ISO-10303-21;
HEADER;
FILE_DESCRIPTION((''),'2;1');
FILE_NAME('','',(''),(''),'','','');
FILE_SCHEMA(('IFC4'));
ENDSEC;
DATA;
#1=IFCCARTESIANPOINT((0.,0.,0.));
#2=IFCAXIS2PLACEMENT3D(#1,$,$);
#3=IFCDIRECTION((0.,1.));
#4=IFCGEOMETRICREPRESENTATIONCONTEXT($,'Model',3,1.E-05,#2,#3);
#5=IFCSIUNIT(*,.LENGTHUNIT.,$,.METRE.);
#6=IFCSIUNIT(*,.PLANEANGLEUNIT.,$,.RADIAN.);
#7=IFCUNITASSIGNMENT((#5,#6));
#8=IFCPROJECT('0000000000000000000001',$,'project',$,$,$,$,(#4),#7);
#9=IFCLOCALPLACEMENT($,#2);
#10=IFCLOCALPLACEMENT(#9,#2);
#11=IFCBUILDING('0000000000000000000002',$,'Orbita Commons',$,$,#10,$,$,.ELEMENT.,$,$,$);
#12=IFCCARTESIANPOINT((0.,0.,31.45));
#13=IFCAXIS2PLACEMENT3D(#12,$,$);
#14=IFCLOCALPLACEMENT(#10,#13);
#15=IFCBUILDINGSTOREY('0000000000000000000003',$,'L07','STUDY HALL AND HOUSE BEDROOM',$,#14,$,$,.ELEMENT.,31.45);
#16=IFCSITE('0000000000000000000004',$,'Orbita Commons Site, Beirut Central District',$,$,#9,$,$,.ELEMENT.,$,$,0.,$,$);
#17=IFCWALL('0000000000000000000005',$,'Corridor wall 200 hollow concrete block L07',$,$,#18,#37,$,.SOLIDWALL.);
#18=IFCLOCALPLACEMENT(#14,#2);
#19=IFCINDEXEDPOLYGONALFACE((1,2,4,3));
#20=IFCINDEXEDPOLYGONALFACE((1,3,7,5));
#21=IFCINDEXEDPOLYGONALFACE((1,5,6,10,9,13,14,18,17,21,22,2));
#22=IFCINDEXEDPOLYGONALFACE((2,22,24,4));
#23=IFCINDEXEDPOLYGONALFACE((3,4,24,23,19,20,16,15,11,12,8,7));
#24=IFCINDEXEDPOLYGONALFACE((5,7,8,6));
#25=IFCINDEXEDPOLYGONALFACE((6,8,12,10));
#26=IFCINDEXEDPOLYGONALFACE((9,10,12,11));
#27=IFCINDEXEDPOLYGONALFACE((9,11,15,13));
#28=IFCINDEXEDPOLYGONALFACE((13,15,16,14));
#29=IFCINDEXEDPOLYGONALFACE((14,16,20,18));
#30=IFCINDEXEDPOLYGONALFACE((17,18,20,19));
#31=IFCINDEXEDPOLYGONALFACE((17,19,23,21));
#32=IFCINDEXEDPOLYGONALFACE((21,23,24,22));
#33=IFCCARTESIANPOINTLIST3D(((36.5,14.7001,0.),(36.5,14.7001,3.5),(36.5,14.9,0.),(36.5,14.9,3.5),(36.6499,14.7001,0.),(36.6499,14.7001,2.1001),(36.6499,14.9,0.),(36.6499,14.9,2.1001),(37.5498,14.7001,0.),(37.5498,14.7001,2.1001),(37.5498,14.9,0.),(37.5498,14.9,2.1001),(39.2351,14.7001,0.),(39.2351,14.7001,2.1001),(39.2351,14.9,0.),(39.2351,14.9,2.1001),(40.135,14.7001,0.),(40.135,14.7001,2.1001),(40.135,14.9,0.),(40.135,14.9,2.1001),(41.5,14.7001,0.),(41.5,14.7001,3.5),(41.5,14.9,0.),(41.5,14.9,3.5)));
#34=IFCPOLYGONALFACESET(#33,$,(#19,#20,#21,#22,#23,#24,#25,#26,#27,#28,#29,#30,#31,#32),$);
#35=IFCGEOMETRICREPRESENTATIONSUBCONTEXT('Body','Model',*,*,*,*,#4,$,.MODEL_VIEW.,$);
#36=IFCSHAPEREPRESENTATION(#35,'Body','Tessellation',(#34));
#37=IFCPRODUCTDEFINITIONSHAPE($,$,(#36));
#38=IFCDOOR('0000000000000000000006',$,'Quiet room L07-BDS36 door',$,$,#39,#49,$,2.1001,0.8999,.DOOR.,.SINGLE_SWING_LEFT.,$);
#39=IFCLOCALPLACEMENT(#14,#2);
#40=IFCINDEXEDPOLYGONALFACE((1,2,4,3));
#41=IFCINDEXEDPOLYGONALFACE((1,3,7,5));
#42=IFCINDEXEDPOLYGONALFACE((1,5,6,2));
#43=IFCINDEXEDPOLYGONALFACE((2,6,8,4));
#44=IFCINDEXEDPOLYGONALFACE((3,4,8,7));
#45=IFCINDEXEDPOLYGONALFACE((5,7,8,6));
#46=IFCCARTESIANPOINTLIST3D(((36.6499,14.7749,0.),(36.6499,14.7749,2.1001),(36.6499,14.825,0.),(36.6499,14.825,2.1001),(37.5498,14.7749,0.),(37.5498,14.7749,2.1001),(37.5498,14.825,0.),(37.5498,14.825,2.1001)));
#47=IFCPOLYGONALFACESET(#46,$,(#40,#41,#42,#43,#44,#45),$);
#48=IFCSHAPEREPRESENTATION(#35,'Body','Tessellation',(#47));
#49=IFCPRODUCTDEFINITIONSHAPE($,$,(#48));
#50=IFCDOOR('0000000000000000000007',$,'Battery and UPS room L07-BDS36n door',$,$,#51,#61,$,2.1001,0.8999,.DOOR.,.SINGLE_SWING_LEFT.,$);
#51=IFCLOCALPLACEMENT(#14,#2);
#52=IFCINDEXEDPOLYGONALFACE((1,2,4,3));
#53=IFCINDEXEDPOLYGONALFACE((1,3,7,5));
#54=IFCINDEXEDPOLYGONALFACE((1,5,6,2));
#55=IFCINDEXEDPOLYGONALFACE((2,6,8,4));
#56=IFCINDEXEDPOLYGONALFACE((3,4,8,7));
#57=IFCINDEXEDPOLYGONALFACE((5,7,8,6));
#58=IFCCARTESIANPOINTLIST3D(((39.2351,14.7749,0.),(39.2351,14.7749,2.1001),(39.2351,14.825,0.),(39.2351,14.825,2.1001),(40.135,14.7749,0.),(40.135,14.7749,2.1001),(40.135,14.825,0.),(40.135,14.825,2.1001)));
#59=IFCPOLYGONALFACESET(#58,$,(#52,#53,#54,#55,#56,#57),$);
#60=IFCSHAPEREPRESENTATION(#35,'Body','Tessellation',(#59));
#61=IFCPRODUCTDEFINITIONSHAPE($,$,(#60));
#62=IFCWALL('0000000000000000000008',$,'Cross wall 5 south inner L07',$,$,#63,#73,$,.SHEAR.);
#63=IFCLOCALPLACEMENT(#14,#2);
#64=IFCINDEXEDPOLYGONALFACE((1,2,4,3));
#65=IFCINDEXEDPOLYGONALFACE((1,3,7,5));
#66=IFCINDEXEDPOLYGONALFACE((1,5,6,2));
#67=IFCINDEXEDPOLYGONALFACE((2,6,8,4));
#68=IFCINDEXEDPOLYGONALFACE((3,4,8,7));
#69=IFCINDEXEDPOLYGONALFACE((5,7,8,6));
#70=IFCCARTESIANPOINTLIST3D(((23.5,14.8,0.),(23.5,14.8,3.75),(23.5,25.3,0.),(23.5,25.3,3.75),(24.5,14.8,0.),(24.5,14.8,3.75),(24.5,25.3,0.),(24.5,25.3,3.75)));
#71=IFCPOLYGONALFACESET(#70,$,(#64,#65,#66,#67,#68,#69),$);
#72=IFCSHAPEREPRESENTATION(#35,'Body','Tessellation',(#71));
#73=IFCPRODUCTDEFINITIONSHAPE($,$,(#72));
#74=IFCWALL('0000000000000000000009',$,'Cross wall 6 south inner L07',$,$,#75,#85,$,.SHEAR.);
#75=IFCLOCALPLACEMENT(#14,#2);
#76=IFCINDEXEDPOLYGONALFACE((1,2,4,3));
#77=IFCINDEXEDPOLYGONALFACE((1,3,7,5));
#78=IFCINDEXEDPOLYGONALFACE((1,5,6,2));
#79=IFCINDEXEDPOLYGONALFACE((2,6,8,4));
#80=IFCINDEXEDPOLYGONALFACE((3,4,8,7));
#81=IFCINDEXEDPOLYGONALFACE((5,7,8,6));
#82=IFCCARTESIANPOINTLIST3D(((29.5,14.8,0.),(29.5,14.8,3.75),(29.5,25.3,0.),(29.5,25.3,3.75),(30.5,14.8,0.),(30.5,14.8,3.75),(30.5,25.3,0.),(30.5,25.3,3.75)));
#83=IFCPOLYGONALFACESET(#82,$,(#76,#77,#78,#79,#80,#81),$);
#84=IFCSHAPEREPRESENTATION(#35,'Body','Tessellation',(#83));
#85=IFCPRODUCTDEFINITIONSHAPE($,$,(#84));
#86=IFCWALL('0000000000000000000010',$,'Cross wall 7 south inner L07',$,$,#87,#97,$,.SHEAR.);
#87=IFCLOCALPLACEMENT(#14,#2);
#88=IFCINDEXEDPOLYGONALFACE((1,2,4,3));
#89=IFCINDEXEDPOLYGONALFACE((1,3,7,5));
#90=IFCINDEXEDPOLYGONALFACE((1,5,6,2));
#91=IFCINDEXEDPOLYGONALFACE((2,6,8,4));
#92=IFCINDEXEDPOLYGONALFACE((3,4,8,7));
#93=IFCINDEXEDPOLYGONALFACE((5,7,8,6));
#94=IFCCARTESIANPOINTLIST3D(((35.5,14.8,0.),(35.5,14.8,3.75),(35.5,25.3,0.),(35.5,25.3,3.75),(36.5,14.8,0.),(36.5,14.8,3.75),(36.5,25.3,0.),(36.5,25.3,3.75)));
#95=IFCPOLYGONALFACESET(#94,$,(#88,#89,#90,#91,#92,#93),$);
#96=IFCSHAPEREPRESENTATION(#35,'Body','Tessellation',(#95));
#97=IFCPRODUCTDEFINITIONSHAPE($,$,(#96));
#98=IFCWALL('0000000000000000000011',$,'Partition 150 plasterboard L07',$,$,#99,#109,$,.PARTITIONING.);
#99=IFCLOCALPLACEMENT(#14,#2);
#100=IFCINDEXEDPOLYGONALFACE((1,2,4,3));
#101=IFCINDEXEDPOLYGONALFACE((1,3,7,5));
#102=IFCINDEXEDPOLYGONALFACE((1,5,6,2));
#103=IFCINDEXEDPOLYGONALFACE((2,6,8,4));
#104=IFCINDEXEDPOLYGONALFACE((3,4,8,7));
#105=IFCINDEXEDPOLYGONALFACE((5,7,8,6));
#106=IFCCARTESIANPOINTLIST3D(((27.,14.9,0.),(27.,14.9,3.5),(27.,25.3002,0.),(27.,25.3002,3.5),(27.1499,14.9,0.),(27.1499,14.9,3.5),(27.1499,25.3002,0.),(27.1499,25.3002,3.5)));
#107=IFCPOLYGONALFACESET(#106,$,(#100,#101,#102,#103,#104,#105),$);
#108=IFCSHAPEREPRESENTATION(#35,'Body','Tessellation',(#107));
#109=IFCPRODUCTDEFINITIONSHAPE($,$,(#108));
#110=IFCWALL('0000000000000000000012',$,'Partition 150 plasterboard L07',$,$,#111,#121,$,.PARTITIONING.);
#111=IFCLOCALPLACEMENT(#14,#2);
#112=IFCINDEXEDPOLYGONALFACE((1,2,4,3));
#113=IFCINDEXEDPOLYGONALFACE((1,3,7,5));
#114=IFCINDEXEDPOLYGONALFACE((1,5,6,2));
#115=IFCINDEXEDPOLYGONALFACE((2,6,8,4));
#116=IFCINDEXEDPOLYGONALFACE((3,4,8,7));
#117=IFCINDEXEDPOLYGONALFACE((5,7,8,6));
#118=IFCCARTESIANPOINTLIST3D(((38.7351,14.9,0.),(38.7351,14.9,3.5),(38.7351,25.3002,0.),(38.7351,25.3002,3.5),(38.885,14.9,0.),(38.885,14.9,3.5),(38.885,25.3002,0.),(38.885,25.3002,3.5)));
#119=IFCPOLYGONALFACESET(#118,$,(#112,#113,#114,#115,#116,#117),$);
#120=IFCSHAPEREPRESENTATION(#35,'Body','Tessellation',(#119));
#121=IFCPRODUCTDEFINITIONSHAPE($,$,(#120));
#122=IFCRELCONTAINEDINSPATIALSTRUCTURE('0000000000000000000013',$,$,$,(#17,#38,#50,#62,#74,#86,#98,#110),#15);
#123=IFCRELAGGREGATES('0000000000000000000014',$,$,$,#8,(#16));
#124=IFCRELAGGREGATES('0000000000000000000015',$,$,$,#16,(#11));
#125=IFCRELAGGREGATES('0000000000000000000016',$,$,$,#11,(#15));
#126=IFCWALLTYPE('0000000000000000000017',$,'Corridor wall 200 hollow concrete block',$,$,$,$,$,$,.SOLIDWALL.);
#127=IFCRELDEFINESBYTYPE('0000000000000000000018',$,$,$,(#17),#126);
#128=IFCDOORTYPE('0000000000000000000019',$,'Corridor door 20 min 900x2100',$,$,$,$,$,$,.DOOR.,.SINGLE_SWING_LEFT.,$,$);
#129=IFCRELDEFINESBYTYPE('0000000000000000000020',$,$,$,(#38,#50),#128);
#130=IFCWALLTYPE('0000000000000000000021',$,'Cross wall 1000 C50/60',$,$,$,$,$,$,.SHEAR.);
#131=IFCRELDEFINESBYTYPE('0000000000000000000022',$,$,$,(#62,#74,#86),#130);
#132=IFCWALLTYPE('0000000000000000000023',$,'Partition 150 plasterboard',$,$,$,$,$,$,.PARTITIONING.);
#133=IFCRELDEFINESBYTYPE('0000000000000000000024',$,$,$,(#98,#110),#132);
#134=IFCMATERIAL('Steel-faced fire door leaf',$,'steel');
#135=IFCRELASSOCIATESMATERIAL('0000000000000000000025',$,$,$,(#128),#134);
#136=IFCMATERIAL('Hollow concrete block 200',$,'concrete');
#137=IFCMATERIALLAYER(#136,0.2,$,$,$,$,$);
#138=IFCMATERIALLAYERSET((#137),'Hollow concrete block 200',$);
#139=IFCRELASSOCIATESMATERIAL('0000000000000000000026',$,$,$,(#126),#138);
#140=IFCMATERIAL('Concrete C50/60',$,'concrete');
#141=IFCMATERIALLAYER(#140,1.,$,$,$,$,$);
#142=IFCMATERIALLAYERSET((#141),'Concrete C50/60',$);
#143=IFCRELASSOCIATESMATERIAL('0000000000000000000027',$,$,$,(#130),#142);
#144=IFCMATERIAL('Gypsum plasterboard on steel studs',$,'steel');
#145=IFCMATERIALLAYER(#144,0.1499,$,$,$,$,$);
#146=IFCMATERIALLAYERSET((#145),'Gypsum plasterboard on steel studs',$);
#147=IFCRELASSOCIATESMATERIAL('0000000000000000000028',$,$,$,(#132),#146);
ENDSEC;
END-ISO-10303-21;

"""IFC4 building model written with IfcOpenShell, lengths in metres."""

from ifc_helpers import new_model, si_unit, direction, frame, frame_2d, origin, place, context, subcontext, project, spatial, rectangle, extrude, material, layer, layer_set, type_object, element, fill, save


model = new_model("IFC4")

# Units and contexts
model_context = context("Model", 3, precision=1e-05, world=origin(), true_north=direction((0.0, 1.0)))
body_context = subcontext(model_context, "Body", "Model", "MODEL_VIEW")
ifc_project = project(units=[si_unit("LENGTHUNIT", "METRE"), si_unit("PLANEANGLEUNIT", "RADIAN")], contexts=[model_context])

# Site, building, storey
site_placement = place(None, origin())
site = spatial("IfcSite", under=ifc_project, at=site_placement, Name="Orbita Commons Site, Beirut Central District", CompositionType="ELEMENT", RefElevation=0.0)
building_placement = place(site_placement, origin())
building = spatial("IfcBuilding", under=site, at=building_placement, Name="Orbita Commons", CompositionType="ELEMENT")
storey_placement = place(building_placement, frame((0.0, 0.0, 31.45)))
storey = spatial("IfcBuildingStorey", under=building, at=storey_placement, Name="L07", Description="STUDY HALL AND HOUSE BEDROOM", CompositionType="ELEMENT", Elevation=31.45)

# Shared definitions
ifc_material_1 = material(Name="Steel-faced fire door leaf", Category="steel")
door_type_1 = type_object("IfcDoorType", Name="Corridor door 20 min 900x2100", OperationType="SINGLE_SWING_LEFT", PredefinedType="DOOR", material=ifc_material_1)

# Shared definitions
ifc_material_2 = material(Name="Hollow concrete block 200", Category="concrete")
ifc_layer_1 = layer(ifc_material_2, 0.2)
ifc_layer_set_1 = layer_set([ifc_layer_1], Name="Hollow concrete block 200")
wall_type_1 = type_object("IfcWallType", Name="Corridor wall 200 hollow concrete block", PredefinedType="SOLIDWALL", material=ifc_layer_set_1)

# Wall, openings, doors
wall_1_placement = place(storey_placement, frame((36.5, 14.8, 0.0), z_axis=(0.0, 0.0, 1.0), x_axis=(1.0, 0.0, 0.0)))
wall_1 = element("IfcWall", 1, at=wall_1_placement, inside=storey, type_object=wall_type_1, Name="Corridor wall 200 hollow concrete block L07", PredefinedType="SOLIDWALL", context=body_context, shape_type="SweptSolid", body=[
    extrude(rectangle(XDim=5.0, YDim=0.2, at=frame_2d((2.5, 0.0))), origin(), (0.0, 0.0, 1.0), 3.5),
])
opening_1_placement = place(wall_1_placement, frame((0.1499, 0.0, 0.0)))
opening_1 = element("IfcOpeningElement", 2, at=opening_1_placement, cuts=wall_1, PredefinedType="OPENING", context=body_context, shape_type="SweptSolid", body=[
    extrude(rectangle(XDim=0.8999, YDim=2.1001, at=frame_2d((0.45, 1.05))), frame((0.0, 0.1099, 0.0), z_axis=(0.0, -1.0, 0.0), x_axis=(1.0, 0.0, 0.0)), (0.0, 0.0, 1.0), 0.22),
])
opening_2_placement = place(wall_1_placement, frame((2.7351, 0.0, 0.0)))
opening_2 = element("IfcOpeningElement", 3, at=opening_2_placement, cuts=wall_1, PredefinedType="OPENING", context=body_context, shape_type="SweptSolid", body=[
    extrude(rectangle(XDim=0.8999, YDim=2.1001, at=frame_2d((0.45, 1.05))), frame((0.0, 0.1099, 0.0), z_axis=(0.0, -1.0, 0.0), x_axis=(1.0, 0.0, 0.0)), (0.0, 0.0, 1.0), 0.22),
])
door_1_placement = place(opening_1_placement, origin())
door_1 = element("IfcDoor", 4, at=door_1_placement, inside=storey, type_object=door_type_1, Name="Quiet room L07-BDS36 door", OperationType="SINGLE_SWING_LEFT", OverallHeight=2.1001, OverallWidth=0.8999, PredefinedType="DOOR", context=body_context, shape_type="SweptSolid", body=[
    extrude(rectangle(XDim=0.8999, YDim=2.1001, at=frame_2d((0.45, 1.05))), frame((0.0, 0.0249, 0.0), z_axis=(0.0, -1.0, 0.0), x_axis=(1.0, 0.0, 0.0)), (0.0, 0.0, 1.0), 0.05),
])
fill(opening_1, door_1)
door_2_placement = place(opening_2_placement, origin())
door_2 = element("IfcDoor", 5, at=door_2_placement, inside=storey, type_object=door_type_1, Name="Battery and UPS room L07-BDS36n door", OperationType="SINGLE_SWING_LEFT", OverallHeight=2.1001, OverallWidth=0.8999, PredefinedType="DOOR", context=body_context, shape_type="SweptSolid", body=[
    extrude(rectangle(XDim=0.8999, YDim=2.1001, at=frame_2d((0.45, 1.05))), frame((0.0, 0.0249, 0.0), z_axis=(0.0, -1.0, 0.0), x_axis=(1.0, 0.0, 0.0)), (0.0, 0.0, 1.0), 0.05),
])
fill(opening_2, door_2)

# Walls
ifc_material_3 = material(Name="Concrete C50/60", Category="concrete")
ifc_layer_2 = layer(ifc_material_3, 1.0)
ifc_layer_set_2 = layer_set([ifc_layer_2], Name="Concrete C50/60")
wall_type_2 = type_object("IfcWallType", Name="Cross wall 1000 C50/60", PredefinedType="SHEAR", material=ifc_layer_set_2)
for number, where, z_axis, x_axis, name in (
    (6, (24.0, 14.8, 0.0), (0.0, 0.0, 1.0), (0.0, 1.0, 0.0), "Cross wall 5 south inner L07"),
    (7, (30.0, 14.8, 0.0), (0.0, 0.0, 1.0), (0.0, 1.0, 0.0), "Cross wall 6 south inner L07"),
    (8, (36.0, 14.8, 0.0), (0.0, 0.0, 1.0), (0.0, 1.0, 0.0), "Cross wall 7 south inner L07"),
):
    element("IfcWall", number, at=place(storey_placement, frame(where, z_axis=z_axis, x_axis=x_axis)), inside=storey, type_object=wall_type_2, Name=name, PredefinedType="SHEAR", context=body_context, shape_type="SweptSolid", body=[
        extrude(rectangle(XDim=10.5, YDim=1.0, at=frame_2d((5.25, 0.0))), origin(), (0.0, 0.0, 1.0), 3.75),
    ])
ifc_material_4 = material(Name="Gypsum plasterboard on steel studs", Category="steel")
ifc_layer_3 = layer(ifc_material_4, 0.1499)
ifc_layer_set_3 = layer_set([ifc_layer_3], Name="Gypsum plasterboard on steel studs")
wall_type_3 = type_object("IfcWallType", Name="Partition 150 plasterboard", PredefinedType="PARTITIONING", material=ifc_layer_set_3)
for number, where, z_axis, x_axis, name in (
    (9, (27.075, 14.8999, 0.0), (0.0, 0.0, 1.0), (0.0, 1.0, 0.0), "Partition 150 plasterboard L07"),
    (10, (38.8101, 14.8999, 0.0), (0.0, 0.0, 1.0), (0.0, 1.0, 0.0), "Partition 150 plasterboard L07"),
):
    element("IfcWall", number, at=place(storey_placement, frame(where, z_axis=z_axis, x_axis=x_axis)), inside=storey, type_object=wall_type_3, Name=name, PredefinedType="PARTITIONING", context=body_context, shape_type="SweptSolid", body=[
        extrude(rectangle(XDim=10.4001, YDim=0.1499, at=frame_2d((5.2002, 0.0))), origin(), (0.0, 0.0, 1.0), 3.5),
    ])

save(model, "model.ifc")
